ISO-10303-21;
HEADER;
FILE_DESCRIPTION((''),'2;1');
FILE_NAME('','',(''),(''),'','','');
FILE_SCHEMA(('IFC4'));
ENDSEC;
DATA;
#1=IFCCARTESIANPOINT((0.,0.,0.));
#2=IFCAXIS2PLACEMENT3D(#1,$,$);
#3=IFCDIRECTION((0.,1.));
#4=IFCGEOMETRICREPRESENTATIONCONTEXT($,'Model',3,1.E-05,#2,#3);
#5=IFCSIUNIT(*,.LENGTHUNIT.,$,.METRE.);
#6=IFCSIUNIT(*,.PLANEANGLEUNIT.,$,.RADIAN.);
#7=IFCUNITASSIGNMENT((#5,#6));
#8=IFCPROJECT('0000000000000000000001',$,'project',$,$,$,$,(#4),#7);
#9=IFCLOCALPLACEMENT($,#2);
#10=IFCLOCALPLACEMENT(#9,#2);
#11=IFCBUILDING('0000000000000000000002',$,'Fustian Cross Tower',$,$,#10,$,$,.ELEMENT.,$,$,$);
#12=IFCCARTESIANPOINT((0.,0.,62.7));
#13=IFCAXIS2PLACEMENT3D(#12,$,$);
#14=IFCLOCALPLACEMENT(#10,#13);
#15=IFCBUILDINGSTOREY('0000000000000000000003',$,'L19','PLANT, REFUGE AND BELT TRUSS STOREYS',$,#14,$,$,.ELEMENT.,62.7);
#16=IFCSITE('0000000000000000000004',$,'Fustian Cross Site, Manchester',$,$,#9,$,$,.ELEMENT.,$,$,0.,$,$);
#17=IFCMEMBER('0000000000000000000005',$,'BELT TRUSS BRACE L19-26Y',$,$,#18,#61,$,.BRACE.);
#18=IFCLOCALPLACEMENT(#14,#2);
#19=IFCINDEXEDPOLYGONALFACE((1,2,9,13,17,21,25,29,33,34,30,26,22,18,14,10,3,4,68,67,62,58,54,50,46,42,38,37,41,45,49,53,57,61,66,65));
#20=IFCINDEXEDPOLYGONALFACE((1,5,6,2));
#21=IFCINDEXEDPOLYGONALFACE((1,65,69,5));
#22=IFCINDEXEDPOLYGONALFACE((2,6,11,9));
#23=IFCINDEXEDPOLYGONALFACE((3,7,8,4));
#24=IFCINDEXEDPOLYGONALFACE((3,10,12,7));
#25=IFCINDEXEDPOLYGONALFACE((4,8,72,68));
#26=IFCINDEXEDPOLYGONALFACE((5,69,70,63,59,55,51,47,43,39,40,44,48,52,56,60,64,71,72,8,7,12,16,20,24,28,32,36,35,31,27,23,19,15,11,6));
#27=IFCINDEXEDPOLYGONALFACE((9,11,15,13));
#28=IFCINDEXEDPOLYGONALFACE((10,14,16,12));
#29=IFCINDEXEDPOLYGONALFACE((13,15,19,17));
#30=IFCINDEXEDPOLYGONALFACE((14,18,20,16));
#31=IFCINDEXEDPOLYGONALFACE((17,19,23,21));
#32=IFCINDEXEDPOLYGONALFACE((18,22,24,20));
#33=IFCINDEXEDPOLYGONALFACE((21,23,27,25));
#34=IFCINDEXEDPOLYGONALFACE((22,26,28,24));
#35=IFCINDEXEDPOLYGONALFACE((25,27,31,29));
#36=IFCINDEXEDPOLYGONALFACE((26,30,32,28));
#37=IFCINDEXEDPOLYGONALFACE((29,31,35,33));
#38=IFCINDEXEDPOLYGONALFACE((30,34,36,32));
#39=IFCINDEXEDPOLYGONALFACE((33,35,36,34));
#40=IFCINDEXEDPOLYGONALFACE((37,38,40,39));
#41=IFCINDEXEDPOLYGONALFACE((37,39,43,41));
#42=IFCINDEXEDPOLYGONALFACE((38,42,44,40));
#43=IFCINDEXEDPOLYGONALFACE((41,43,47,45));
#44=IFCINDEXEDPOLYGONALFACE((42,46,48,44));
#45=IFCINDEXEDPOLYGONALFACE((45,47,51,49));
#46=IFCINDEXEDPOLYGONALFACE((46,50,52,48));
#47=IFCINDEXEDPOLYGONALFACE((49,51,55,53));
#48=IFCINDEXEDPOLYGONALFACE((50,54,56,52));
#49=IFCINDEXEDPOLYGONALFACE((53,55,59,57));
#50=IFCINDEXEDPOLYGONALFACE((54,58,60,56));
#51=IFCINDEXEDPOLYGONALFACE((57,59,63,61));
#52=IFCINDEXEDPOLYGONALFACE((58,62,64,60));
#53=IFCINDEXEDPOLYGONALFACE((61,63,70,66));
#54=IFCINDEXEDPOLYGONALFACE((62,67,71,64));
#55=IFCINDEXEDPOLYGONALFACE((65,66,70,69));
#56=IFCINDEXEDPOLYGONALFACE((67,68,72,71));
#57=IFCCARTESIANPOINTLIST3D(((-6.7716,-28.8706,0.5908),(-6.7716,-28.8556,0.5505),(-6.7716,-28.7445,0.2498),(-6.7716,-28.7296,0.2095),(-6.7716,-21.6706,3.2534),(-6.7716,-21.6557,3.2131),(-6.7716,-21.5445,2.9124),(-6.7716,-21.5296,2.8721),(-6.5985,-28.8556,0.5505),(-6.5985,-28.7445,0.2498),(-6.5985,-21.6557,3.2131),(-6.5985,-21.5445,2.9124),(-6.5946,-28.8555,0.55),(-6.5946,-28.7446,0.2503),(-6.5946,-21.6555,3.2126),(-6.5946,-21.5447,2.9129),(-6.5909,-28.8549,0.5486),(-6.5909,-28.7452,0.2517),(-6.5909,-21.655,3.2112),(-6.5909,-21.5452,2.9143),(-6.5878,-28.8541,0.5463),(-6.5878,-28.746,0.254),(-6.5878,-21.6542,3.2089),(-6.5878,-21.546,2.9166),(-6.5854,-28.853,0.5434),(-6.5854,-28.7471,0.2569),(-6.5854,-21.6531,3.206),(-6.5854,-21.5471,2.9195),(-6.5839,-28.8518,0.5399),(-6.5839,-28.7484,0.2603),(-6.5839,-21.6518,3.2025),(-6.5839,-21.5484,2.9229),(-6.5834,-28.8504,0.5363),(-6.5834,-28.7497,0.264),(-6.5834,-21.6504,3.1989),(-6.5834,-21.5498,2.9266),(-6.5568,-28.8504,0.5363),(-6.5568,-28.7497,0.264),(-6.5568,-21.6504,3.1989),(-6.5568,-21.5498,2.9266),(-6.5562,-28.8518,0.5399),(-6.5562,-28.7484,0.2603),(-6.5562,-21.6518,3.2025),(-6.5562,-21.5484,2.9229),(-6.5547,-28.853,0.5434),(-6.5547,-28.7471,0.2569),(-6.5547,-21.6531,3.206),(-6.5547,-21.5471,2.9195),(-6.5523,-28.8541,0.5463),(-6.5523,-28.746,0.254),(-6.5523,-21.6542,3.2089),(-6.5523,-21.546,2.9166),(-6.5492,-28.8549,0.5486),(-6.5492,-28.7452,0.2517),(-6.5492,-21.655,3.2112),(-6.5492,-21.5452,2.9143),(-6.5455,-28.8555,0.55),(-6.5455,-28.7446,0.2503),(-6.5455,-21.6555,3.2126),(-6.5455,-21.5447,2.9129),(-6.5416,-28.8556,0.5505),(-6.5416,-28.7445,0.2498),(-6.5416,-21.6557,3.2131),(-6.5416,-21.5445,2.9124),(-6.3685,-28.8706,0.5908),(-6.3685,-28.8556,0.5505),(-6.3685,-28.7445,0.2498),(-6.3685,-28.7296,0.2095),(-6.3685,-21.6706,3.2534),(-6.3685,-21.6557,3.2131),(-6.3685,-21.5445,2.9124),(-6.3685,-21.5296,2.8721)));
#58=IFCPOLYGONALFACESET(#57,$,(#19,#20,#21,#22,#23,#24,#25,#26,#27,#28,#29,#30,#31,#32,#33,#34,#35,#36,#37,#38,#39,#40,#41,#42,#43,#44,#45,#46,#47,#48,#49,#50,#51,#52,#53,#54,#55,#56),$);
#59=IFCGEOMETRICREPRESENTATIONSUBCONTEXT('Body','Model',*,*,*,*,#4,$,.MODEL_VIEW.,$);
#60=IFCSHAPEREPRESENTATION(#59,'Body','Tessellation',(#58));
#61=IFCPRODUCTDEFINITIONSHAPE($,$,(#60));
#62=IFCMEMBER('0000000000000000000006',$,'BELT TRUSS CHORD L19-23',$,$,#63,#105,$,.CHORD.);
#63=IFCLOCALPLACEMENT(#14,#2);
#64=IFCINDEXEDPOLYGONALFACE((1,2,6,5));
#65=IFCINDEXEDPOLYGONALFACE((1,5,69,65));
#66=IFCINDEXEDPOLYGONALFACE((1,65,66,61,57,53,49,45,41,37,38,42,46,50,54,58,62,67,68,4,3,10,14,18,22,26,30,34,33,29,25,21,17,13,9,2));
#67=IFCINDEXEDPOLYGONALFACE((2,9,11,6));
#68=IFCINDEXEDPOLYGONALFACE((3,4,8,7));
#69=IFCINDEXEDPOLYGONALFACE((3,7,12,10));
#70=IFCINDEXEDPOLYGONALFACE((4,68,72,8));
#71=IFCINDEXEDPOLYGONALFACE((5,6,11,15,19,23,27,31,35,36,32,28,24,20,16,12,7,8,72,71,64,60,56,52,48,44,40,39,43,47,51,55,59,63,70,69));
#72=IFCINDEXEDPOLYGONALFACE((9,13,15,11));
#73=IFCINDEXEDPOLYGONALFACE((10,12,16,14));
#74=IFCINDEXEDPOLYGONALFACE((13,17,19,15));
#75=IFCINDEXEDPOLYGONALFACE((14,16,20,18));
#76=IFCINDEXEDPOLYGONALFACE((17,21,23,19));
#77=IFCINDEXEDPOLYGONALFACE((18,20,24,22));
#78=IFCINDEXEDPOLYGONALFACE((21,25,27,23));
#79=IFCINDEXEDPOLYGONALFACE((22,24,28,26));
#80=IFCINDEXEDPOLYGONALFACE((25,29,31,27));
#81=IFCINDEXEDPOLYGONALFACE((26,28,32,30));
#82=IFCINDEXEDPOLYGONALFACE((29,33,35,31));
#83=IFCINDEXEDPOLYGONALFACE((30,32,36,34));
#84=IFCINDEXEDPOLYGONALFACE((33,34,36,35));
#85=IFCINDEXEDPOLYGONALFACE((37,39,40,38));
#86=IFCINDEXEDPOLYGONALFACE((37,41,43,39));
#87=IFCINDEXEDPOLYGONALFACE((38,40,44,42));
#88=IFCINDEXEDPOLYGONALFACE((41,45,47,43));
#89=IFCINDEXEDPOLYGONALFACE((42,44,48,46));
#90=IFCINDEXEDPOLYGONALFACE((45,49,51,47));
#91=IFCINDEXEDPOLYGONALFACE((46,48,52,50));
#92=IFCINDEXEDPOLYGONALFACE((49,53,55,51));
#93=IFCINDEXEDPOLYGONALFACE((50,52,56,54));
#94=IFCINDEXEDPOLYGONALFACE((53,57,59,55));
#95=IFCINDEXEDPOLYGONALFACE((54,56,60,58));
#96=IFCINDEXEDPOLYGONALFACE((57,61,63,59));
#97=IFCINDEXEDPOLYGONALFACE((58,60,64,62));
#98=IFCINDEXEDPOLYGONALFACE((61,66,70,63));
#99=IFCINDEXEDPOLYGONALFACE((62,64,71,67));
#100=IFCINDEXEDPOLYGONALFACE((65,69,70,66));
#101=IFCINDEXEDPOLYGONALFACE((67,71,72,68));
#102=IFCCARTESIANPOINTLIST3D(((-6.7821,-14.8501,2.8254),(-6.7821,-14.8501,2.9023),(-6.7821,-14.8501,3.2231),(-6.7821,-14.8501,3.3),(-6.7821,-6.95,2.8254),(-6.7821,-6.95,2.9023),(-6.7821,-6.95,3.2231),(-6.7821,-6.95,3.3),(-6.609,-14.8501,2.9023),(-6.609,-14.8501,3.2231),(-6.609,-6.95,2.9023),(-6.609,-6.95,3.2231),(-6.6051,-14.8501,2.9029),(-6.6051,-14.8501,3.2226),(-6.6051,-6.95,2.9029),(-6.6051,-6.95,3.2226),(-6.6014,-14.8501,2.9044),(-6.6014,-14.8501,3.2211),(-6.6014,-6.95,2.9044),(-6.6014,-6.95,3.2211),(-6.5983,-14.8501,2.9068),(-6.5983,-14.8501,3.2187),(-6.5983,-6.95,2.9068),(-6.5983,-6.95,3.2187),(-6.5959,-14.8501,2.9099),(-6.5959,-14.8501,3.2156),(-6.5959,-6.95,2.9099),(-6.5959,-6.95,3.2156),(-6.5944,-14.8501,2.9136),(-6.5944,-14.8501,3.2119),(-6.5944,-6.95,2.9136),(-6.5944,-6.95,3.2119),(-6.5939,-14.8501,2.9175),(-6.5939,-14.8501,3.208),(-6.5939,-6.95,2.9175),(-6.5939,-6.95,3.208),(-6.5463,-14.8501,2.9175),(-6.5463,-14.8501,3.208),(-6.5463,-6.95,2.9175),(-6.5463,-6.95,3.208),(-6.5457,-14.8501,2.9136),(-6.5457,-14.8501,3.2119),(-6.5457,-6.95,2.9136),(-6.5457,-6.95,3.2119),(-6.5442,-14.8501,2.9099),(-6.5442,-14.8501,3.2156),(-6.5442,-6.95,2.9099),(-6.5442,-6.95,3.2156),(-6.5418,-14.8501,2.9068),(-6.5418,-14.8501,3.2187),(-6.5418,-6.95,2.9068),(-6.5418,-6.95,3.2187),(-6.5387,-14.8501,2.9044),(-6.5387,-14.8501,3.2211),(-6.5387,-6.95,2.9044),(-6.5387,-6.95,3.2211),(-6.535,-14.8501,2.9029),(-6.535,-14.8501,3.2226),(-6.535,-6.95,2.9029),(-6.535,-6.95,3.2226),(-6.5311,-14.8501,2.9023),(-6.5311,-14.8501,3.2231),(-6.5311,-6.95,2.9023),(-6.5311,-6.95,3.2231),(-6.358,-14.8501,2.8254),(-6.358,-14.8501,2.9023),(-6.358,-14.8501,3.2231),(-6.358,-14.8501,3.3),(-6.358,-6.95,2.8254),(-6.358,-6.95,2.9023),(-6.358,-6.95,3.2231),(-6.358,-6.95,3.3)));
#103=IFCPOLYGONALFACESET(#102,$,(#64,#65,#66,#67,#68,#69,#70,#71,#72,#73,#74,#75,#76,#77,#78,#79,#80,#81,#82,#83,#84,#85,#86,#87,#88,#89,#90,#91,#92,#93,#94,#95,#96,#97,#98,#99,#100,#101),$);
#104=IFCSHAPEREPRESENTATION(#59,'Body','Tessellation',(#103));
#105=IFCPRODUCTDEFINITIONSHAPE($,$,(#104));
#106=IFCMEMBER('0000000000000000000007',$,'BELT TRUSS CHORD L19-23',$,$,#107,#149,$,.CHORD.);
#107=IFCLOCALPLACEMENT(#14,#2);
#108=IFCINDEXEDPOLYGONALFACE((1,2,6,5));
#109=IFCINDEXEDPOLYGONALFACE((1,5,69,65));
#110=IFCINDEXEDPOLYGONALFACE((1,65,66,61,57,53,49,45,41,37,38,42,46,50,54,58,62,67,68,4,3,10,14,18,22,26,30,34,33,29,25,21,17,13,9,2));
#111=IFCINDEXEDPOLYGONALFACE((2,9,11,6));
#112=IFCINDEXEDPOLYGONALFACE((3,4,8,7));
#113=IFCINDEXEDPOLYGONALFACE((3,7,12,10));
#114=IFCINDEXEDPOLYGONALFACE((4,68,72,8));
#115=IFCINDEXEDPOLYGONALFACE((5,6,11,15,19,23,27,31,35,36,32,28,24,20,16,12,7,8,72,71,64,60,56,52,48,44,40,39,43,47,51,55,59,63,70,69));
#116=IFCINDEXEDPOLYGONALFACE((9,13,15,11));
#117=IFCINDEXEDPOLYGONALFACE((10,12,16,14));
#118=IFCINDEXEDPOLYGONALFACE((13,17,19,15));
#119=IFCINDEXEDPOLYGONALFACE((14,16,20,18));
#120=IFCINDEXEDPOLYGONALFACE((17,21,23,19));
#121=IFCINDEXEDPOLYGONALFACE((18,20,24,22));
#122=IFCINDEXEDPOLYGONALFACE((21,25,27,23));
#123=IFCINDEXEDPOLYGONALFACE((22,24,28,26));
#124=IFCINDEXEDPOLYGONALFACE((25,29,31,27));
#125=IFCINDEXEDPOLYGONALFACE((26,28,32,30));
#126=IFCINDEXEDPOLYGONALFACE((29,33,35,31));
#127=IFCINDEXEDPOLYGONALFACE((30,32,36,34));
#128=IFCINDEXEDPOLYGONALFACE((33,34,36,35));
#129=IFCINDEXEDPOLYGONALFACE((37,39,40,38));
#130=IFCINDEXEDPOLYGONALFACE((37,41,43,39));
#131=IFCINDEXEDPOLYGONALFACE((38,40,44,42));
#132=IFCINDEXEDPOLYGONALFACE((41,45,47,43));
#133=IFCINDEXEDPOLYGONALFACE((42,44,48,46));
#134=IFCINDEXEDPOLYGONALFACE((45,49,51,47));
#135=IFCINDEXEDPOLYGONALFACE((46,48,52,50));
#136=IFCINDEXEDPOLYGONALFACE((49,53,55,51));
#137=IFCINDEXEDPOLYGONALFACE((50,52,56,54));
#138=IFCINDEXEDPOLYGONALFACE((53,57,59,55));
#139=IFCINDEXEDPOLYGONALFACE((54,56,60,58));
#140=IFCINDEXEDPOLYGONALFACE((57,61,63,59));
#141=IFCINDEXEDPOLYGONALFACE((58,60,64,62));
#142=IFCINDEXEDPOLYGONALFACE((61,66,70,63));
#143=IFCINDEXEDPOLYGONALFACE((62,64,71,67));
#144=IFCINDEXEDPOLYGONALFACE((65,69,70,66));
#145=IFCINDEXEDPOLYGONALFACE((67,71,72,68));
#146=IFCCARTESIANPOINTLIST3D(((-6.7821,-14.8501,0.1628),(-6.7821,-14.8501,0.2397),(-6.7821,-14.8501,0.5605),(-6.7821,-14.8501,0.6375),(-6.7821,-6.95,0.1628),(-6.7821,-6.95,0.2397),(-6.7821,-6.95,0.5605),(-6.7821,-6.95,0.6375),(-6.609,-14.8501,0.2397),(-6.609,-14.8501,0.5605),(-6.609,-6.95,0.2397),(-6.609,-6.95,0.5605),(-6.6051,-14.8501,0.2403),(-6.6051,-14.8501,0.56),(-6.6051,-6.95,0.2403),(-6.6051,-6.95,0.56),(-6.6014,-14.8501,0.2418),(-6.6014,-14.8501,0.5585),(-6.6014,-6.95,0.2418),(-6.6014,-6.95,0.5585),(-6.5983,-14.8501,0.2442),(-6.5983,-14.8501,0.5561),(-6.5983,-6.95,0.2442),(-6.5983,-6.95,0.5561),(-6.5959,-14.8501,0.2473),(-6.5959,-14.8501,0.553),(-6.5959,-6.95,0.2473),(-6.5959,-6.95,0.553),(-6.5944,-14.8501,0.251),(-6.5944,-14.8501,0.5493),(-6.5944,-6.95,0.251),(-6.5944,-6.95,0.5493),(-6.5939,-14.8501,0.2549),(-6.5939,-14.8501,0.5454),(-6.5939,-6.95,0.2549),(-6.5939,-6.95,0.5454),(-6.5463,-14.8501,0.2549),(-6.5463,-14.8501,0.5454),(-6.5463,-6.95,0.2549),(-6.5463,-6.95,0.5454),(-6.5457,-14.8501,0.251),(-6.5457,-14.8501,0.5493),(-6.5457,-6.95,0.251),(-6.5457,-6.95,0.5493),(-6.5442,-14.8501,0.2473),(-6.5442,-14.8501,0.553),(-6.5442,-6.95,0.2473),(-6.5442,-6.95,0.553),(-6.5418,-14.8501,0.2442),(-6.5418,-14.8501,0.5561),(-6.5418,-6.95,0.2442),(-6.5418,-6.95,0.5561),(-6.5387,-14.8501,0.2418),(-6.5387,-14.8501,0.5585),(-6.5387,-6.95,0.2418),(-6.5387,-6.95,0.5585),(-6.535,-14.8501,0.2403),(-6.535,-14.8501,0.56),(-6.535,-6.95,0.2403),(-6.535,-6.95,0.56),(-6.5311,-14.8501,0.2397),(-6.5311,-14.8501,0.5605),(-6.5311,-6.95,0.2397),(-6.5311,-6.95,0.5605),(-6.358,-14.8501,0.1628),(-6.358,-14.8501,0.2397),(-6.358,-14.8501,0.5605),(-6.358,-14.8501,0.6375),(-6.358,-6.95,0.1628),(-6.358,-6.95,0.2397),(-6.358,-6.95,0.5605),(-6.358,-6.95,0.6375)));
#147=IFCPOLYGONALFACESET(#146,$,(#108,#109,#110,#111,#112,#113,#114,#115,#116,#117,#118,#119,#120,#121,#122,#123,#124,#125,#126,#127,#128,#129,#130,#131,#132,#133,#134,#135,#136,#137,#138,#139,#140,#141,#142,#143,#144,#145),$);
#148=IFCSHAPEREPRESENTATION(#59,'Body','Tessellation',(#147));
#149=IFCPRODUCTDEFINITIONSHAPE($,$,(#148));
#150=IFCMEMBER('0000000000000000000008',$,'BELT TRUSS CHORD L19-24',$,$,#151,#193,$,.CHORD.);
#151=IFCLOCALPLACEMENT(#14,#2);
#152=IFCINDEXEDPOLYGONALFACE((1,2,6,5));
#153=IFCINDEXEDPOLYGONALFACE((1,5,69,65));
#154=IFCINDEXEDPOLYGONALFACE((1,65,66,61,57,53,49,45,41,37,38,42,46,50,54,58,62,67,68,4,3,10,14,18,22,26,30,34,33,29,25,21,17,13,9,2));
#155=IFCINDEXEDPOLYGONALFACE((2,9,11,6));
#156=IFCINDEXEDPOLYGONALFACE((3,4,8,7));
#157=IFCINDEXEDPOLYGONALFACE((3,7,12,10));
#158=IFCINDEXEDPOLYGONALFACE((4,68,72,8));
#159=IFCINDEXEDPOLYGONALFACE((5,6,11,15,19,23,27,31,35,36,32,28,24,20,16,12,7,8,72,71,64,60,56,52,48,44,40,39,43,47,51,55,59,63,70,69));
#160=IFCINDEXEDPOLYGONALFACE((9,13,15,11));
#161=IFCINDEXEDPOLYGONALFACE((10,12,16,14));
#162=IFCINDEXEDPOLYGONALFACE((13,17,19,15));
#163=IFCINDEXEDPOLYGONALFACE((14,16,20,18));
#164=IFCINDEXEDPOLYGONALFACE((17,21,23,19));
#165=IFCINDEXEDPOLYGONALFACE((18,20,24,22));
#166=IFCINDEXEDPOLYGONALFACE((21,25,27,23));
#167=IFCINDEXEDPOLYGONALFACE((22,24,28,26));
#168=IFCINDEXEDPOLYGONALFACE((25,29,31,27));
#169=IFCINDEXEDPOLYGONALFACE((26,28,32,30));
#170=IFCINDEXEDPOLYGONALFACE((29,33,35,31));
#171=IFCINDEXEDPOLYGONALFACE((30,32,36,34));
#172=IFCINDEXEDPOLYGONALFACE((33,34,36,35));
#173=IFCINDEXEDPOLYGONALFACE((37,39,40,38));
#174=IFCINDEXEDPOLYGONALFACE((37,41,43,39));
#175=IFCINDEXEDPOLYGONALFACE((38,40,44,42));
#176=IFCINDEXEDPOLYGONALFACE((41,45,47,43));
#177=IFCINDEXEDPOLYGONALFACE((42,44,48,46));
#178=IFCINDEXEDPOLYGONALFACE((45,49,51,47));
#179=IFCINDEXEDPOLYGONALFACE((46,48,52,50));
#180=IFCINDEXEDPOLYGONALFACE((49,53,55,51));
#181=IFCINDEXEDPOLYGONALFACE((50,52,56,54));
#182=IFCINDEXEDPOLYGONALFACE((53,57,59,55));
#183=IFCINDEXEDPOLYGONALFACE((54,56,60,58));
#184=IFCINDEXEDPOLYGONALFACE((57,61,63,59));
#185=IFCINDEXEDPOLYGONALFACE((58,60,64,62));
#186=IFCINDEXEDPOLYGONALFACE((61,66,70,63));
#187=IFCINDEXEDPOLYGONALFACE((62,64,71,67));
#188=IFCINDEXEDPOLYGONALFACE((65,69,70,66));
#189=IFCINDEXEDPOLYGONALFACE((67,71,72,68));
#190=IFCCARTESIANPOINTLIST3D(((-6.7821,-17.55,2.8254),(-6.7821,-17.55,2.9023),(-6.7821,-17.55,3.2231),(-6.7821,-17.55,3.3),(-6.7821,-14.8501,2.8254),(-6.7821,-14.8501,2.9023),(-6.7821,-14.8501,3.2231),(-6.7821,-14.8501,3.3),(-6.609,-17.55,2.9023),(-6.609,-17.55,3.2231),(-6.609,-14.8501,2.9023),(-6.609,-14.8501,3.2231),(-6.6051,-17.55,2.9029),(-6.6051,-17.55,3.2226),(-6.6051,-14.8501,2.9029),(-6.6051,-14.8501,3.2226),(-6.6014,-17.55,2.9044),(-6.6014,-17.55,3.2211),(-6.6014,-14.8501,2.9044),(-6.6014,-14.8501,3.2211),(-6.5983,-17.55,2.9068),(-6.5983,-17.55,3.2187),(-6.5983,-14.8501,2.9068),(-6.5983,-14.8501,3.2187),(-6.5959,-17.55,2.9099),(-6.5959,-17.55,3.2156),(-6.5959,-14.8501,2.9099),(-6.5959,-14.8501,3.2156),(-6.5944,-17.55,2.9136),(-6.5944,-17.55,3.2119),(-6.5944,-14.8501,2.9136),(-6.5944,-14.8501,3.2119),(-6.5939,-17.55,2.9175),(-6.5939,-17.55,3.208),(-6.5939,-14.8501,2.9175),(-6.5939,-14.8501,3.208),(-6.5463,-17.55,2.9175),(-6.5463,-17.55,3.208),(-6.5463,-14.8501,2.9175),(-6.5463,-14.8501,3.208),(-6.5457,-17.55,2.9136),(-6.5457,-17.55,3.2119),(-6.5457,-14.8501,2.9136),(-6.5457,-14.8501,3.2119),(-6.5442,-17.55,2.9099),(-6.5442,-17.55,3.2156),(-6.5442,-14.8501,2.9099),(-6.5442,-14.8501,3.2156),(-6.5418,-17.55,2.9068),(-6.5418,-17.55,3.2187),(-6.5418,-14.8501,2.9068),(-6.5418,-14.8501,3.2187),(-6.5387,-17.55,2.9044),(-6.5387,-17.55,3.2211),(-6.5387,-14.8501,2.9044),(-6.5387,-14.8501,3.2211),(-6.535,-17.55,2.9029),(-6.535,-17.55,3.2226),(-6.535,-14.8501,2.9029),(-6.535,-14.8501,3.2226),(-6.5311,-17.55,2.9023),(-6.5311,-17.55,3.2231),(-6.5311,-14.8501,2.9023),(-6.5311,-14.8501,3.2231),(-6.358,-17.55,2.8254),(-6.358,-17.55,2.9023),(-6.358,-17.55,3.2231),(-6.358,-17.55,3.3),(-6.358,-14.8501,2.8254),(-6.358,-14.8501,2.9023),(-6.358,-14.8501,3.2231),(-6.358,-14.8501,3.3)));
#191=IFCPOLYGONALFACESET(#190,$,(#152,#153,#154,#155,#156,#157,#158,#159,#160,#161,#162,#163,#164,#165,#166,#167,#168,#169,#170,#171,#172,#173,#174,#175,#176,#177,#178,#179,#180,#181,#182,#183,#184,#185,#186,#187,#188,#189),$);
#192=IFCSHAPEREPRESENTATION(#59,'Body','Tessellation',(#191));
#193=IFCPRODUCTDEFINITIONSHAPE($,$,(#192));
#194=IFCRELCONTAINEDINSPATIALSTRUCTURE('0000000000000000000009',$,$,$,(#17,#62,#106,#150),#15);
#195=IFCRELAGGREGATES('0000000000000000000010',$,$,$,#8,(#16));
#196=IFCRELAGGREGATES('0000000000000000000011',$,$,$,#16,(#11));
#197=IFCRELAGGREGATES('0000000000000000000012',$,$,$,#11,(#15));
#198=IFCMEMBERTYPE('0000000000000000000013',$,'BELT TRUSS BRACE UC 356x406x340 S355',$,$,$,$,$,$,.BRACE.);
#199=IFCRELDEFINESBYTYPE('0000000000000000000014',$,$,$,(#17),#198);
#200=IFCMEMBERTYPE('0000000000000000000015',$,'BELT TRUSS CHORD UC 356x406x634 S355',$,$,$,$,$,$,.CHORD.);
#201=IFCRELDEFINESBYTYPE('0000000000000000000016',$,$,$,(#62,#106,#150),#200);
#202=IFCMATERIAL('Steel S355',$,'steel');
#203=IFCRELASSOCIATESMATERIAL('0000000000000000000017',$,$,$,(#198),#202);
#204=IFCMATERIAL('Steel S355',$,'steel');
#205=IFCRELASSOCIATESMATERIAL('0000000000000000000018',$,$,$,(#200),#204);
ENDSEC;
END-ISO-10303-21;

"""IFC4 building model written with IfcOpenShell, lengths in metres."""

from ifc_helpers import new_model, si_unit, direction, frame, origin, origin_2d, place, context, subcontext, project, spatial, i_section, extrude, material, material_profile, profile_set, type_object, element, save


model = new_model("IFC4")

# Units and contexts
model_context = context("Model", 3, precision=1e-05, world=origin(), true_north=direction((0.0, 1.0)))
body_context = subcontext(model_context, "Body", "Model", "MODEL_VIEW")
ifc_project = project(units=[si_unit("LENGTHUNIT", "METRE"), si_unit("PLANEANGLEUNIT", "RADIAN")], contexts=[model_context])

# Site, building, storey
site_placement = place(None, origin())
site = spatial("IfcSite", under=ifc_project, at=site_placement, Name="Fustian Cross Site, Manchester", CompositionType="ELEMENT", RefElevation=0.0)
building_placement = place(site_placement, origin())
building = spatial("IfcBuilding", under=site, at=building_placement, Name="Fustian Cross Tower", CompositionType="ELEMENT")
storey_placement = place(building_placement, frame((0.0, 0.0, 62.7)))
storey = spatial("IfcBuildingStorey", under=building, at=storey_placement, Name="L19", Description="PLANT, REFUGE AND BELT TRUSS STOREYS", CompositionType="ELEMENT", Elevation=62.7)

# Members
ifc_material_1 = material(Name="Steel S355", Category="steel")
ifc_material_profile_1 = material_profile(ifc_material_1, i_section(OverallWidth=0.4031, OverallDepth=0.4065, WebThickness=0.0266, FlangeThickness=0.043, FilletRadius=0.0151, at=origin_2d()), Name="UC 356x406x340")
ifc_profile_set_1 = profile_set([ifc_material_profile_1], Name="Steel S355")
member_type_1 = type_object("IfcMemberType", Name="BELT TRUSS BRACE UC 356x406x340 S355", PredefinedType="BRACE", material=ifc_profile_set_1)
for number, where, z_axis, x_axis, name in (
    (1, (-6.5701, -21.6001, 3.0627), (0.0, -0.937921, -0.34685), (1.0, 0.0, 0.0), "BELT TRUSS BRACE L19-26Y"),
):
    element("IfcMember", number, at=place(storey_placement, frame(where, z_axis=z_axis, x_axis=x_axis)), inside=storey, type_object=member_type_1, Name=name, PredefinedType="BRACE", context=body_context, shape_type="SweptSolid", body=[
        extrude(i_section(OverallWidth=0.4031, OverallDepth=0.4065, WebThickness=0.0266, FlangeThickness=0.043, FilletRadius=0.0151, at=origin_2d()), origin(), (0.0, 0.0, 1.0), 7.6765),
    ])
ifc_material_2 = material(Name="Steel S355", Category="steel")
ifc_material_profile_2 = material_profile(ifc_material_2, i_section(OverallWidth=0.4241, OverallDepth=0.4746, WebThickness=0.0476, FlangeThickness=0.0769, FilletRadius=0.0151, at=origin_2d()), Name="UC 356x406x634")
ifc_profile_set_2 = profile_set([ifc_material_profile_2], Name="Steel S355")
member_type_2 = type_object("IfcMemberType", Name="BELT TRUSS CHORD UC 356x406x634 S355", PredefinedType="CHORD", material=ifc_profile_set_2)
for number, where, z_axis, x_axis, name in (
    (2, (-6.5701, -6.95, 3.0627), (0.0, -1.0, 0.0), (1.0, 0.0, 0.0), "BELT TRUSS CHORD L19-23"),
    (3, (-6.5701, -6.95, 0.4001), (0.0, -1.0, 0.0), (1.0, 0.0, 0.0), "BELT TRUSS CHORD L19-23"),
):
    element("IfcMember", number, at=place(storey_placement, frame(where, z_axis=z_axis, x_axis=x_axis)), inside=storey, type_object=member_type_2, Name=name, PredefinedType="CHORD", context=body_context, shape_type="SweptSolid", body=[
        extrude(i_section(OverallWidth=0.4241, OverallDepth=0.4746, WebThickness=0.0476, FlangeThickness=0.0769, FilletRadius=0.0151, at=origin_2d()), origin(), (0.0, 0.0, 1.0), 7.9001),
    ])
for number, where, z_axis, x_axis, name in (
    (4, (-6.5701, -14.8501, 3.0627), (0.0, -1.0, 0.0), (1.0, 0.0, 0.0), "BELT TRUSS CHORD L19-24"),
):
    element("IfcMember", number, at=place(storey_placement, frame(where, z_axis=z_axis, x_axis=x_axis)), inside=storey, type_object=member_type_2, Name=name, PredefinedType="CHORD", context=body_context, shape_type="SweptSolid", body=[
        extrude(i_section(OverallWidth=0.4241, OverallDepth=0.4746, WebThickness=0.0476, FlangeThickness=0.0769, FilletRadius=0.0151, at=origin_2d()), origin(), (0.0, 0.0, 1.0), 2.7),
    ])

save(model, "model.ifc")
